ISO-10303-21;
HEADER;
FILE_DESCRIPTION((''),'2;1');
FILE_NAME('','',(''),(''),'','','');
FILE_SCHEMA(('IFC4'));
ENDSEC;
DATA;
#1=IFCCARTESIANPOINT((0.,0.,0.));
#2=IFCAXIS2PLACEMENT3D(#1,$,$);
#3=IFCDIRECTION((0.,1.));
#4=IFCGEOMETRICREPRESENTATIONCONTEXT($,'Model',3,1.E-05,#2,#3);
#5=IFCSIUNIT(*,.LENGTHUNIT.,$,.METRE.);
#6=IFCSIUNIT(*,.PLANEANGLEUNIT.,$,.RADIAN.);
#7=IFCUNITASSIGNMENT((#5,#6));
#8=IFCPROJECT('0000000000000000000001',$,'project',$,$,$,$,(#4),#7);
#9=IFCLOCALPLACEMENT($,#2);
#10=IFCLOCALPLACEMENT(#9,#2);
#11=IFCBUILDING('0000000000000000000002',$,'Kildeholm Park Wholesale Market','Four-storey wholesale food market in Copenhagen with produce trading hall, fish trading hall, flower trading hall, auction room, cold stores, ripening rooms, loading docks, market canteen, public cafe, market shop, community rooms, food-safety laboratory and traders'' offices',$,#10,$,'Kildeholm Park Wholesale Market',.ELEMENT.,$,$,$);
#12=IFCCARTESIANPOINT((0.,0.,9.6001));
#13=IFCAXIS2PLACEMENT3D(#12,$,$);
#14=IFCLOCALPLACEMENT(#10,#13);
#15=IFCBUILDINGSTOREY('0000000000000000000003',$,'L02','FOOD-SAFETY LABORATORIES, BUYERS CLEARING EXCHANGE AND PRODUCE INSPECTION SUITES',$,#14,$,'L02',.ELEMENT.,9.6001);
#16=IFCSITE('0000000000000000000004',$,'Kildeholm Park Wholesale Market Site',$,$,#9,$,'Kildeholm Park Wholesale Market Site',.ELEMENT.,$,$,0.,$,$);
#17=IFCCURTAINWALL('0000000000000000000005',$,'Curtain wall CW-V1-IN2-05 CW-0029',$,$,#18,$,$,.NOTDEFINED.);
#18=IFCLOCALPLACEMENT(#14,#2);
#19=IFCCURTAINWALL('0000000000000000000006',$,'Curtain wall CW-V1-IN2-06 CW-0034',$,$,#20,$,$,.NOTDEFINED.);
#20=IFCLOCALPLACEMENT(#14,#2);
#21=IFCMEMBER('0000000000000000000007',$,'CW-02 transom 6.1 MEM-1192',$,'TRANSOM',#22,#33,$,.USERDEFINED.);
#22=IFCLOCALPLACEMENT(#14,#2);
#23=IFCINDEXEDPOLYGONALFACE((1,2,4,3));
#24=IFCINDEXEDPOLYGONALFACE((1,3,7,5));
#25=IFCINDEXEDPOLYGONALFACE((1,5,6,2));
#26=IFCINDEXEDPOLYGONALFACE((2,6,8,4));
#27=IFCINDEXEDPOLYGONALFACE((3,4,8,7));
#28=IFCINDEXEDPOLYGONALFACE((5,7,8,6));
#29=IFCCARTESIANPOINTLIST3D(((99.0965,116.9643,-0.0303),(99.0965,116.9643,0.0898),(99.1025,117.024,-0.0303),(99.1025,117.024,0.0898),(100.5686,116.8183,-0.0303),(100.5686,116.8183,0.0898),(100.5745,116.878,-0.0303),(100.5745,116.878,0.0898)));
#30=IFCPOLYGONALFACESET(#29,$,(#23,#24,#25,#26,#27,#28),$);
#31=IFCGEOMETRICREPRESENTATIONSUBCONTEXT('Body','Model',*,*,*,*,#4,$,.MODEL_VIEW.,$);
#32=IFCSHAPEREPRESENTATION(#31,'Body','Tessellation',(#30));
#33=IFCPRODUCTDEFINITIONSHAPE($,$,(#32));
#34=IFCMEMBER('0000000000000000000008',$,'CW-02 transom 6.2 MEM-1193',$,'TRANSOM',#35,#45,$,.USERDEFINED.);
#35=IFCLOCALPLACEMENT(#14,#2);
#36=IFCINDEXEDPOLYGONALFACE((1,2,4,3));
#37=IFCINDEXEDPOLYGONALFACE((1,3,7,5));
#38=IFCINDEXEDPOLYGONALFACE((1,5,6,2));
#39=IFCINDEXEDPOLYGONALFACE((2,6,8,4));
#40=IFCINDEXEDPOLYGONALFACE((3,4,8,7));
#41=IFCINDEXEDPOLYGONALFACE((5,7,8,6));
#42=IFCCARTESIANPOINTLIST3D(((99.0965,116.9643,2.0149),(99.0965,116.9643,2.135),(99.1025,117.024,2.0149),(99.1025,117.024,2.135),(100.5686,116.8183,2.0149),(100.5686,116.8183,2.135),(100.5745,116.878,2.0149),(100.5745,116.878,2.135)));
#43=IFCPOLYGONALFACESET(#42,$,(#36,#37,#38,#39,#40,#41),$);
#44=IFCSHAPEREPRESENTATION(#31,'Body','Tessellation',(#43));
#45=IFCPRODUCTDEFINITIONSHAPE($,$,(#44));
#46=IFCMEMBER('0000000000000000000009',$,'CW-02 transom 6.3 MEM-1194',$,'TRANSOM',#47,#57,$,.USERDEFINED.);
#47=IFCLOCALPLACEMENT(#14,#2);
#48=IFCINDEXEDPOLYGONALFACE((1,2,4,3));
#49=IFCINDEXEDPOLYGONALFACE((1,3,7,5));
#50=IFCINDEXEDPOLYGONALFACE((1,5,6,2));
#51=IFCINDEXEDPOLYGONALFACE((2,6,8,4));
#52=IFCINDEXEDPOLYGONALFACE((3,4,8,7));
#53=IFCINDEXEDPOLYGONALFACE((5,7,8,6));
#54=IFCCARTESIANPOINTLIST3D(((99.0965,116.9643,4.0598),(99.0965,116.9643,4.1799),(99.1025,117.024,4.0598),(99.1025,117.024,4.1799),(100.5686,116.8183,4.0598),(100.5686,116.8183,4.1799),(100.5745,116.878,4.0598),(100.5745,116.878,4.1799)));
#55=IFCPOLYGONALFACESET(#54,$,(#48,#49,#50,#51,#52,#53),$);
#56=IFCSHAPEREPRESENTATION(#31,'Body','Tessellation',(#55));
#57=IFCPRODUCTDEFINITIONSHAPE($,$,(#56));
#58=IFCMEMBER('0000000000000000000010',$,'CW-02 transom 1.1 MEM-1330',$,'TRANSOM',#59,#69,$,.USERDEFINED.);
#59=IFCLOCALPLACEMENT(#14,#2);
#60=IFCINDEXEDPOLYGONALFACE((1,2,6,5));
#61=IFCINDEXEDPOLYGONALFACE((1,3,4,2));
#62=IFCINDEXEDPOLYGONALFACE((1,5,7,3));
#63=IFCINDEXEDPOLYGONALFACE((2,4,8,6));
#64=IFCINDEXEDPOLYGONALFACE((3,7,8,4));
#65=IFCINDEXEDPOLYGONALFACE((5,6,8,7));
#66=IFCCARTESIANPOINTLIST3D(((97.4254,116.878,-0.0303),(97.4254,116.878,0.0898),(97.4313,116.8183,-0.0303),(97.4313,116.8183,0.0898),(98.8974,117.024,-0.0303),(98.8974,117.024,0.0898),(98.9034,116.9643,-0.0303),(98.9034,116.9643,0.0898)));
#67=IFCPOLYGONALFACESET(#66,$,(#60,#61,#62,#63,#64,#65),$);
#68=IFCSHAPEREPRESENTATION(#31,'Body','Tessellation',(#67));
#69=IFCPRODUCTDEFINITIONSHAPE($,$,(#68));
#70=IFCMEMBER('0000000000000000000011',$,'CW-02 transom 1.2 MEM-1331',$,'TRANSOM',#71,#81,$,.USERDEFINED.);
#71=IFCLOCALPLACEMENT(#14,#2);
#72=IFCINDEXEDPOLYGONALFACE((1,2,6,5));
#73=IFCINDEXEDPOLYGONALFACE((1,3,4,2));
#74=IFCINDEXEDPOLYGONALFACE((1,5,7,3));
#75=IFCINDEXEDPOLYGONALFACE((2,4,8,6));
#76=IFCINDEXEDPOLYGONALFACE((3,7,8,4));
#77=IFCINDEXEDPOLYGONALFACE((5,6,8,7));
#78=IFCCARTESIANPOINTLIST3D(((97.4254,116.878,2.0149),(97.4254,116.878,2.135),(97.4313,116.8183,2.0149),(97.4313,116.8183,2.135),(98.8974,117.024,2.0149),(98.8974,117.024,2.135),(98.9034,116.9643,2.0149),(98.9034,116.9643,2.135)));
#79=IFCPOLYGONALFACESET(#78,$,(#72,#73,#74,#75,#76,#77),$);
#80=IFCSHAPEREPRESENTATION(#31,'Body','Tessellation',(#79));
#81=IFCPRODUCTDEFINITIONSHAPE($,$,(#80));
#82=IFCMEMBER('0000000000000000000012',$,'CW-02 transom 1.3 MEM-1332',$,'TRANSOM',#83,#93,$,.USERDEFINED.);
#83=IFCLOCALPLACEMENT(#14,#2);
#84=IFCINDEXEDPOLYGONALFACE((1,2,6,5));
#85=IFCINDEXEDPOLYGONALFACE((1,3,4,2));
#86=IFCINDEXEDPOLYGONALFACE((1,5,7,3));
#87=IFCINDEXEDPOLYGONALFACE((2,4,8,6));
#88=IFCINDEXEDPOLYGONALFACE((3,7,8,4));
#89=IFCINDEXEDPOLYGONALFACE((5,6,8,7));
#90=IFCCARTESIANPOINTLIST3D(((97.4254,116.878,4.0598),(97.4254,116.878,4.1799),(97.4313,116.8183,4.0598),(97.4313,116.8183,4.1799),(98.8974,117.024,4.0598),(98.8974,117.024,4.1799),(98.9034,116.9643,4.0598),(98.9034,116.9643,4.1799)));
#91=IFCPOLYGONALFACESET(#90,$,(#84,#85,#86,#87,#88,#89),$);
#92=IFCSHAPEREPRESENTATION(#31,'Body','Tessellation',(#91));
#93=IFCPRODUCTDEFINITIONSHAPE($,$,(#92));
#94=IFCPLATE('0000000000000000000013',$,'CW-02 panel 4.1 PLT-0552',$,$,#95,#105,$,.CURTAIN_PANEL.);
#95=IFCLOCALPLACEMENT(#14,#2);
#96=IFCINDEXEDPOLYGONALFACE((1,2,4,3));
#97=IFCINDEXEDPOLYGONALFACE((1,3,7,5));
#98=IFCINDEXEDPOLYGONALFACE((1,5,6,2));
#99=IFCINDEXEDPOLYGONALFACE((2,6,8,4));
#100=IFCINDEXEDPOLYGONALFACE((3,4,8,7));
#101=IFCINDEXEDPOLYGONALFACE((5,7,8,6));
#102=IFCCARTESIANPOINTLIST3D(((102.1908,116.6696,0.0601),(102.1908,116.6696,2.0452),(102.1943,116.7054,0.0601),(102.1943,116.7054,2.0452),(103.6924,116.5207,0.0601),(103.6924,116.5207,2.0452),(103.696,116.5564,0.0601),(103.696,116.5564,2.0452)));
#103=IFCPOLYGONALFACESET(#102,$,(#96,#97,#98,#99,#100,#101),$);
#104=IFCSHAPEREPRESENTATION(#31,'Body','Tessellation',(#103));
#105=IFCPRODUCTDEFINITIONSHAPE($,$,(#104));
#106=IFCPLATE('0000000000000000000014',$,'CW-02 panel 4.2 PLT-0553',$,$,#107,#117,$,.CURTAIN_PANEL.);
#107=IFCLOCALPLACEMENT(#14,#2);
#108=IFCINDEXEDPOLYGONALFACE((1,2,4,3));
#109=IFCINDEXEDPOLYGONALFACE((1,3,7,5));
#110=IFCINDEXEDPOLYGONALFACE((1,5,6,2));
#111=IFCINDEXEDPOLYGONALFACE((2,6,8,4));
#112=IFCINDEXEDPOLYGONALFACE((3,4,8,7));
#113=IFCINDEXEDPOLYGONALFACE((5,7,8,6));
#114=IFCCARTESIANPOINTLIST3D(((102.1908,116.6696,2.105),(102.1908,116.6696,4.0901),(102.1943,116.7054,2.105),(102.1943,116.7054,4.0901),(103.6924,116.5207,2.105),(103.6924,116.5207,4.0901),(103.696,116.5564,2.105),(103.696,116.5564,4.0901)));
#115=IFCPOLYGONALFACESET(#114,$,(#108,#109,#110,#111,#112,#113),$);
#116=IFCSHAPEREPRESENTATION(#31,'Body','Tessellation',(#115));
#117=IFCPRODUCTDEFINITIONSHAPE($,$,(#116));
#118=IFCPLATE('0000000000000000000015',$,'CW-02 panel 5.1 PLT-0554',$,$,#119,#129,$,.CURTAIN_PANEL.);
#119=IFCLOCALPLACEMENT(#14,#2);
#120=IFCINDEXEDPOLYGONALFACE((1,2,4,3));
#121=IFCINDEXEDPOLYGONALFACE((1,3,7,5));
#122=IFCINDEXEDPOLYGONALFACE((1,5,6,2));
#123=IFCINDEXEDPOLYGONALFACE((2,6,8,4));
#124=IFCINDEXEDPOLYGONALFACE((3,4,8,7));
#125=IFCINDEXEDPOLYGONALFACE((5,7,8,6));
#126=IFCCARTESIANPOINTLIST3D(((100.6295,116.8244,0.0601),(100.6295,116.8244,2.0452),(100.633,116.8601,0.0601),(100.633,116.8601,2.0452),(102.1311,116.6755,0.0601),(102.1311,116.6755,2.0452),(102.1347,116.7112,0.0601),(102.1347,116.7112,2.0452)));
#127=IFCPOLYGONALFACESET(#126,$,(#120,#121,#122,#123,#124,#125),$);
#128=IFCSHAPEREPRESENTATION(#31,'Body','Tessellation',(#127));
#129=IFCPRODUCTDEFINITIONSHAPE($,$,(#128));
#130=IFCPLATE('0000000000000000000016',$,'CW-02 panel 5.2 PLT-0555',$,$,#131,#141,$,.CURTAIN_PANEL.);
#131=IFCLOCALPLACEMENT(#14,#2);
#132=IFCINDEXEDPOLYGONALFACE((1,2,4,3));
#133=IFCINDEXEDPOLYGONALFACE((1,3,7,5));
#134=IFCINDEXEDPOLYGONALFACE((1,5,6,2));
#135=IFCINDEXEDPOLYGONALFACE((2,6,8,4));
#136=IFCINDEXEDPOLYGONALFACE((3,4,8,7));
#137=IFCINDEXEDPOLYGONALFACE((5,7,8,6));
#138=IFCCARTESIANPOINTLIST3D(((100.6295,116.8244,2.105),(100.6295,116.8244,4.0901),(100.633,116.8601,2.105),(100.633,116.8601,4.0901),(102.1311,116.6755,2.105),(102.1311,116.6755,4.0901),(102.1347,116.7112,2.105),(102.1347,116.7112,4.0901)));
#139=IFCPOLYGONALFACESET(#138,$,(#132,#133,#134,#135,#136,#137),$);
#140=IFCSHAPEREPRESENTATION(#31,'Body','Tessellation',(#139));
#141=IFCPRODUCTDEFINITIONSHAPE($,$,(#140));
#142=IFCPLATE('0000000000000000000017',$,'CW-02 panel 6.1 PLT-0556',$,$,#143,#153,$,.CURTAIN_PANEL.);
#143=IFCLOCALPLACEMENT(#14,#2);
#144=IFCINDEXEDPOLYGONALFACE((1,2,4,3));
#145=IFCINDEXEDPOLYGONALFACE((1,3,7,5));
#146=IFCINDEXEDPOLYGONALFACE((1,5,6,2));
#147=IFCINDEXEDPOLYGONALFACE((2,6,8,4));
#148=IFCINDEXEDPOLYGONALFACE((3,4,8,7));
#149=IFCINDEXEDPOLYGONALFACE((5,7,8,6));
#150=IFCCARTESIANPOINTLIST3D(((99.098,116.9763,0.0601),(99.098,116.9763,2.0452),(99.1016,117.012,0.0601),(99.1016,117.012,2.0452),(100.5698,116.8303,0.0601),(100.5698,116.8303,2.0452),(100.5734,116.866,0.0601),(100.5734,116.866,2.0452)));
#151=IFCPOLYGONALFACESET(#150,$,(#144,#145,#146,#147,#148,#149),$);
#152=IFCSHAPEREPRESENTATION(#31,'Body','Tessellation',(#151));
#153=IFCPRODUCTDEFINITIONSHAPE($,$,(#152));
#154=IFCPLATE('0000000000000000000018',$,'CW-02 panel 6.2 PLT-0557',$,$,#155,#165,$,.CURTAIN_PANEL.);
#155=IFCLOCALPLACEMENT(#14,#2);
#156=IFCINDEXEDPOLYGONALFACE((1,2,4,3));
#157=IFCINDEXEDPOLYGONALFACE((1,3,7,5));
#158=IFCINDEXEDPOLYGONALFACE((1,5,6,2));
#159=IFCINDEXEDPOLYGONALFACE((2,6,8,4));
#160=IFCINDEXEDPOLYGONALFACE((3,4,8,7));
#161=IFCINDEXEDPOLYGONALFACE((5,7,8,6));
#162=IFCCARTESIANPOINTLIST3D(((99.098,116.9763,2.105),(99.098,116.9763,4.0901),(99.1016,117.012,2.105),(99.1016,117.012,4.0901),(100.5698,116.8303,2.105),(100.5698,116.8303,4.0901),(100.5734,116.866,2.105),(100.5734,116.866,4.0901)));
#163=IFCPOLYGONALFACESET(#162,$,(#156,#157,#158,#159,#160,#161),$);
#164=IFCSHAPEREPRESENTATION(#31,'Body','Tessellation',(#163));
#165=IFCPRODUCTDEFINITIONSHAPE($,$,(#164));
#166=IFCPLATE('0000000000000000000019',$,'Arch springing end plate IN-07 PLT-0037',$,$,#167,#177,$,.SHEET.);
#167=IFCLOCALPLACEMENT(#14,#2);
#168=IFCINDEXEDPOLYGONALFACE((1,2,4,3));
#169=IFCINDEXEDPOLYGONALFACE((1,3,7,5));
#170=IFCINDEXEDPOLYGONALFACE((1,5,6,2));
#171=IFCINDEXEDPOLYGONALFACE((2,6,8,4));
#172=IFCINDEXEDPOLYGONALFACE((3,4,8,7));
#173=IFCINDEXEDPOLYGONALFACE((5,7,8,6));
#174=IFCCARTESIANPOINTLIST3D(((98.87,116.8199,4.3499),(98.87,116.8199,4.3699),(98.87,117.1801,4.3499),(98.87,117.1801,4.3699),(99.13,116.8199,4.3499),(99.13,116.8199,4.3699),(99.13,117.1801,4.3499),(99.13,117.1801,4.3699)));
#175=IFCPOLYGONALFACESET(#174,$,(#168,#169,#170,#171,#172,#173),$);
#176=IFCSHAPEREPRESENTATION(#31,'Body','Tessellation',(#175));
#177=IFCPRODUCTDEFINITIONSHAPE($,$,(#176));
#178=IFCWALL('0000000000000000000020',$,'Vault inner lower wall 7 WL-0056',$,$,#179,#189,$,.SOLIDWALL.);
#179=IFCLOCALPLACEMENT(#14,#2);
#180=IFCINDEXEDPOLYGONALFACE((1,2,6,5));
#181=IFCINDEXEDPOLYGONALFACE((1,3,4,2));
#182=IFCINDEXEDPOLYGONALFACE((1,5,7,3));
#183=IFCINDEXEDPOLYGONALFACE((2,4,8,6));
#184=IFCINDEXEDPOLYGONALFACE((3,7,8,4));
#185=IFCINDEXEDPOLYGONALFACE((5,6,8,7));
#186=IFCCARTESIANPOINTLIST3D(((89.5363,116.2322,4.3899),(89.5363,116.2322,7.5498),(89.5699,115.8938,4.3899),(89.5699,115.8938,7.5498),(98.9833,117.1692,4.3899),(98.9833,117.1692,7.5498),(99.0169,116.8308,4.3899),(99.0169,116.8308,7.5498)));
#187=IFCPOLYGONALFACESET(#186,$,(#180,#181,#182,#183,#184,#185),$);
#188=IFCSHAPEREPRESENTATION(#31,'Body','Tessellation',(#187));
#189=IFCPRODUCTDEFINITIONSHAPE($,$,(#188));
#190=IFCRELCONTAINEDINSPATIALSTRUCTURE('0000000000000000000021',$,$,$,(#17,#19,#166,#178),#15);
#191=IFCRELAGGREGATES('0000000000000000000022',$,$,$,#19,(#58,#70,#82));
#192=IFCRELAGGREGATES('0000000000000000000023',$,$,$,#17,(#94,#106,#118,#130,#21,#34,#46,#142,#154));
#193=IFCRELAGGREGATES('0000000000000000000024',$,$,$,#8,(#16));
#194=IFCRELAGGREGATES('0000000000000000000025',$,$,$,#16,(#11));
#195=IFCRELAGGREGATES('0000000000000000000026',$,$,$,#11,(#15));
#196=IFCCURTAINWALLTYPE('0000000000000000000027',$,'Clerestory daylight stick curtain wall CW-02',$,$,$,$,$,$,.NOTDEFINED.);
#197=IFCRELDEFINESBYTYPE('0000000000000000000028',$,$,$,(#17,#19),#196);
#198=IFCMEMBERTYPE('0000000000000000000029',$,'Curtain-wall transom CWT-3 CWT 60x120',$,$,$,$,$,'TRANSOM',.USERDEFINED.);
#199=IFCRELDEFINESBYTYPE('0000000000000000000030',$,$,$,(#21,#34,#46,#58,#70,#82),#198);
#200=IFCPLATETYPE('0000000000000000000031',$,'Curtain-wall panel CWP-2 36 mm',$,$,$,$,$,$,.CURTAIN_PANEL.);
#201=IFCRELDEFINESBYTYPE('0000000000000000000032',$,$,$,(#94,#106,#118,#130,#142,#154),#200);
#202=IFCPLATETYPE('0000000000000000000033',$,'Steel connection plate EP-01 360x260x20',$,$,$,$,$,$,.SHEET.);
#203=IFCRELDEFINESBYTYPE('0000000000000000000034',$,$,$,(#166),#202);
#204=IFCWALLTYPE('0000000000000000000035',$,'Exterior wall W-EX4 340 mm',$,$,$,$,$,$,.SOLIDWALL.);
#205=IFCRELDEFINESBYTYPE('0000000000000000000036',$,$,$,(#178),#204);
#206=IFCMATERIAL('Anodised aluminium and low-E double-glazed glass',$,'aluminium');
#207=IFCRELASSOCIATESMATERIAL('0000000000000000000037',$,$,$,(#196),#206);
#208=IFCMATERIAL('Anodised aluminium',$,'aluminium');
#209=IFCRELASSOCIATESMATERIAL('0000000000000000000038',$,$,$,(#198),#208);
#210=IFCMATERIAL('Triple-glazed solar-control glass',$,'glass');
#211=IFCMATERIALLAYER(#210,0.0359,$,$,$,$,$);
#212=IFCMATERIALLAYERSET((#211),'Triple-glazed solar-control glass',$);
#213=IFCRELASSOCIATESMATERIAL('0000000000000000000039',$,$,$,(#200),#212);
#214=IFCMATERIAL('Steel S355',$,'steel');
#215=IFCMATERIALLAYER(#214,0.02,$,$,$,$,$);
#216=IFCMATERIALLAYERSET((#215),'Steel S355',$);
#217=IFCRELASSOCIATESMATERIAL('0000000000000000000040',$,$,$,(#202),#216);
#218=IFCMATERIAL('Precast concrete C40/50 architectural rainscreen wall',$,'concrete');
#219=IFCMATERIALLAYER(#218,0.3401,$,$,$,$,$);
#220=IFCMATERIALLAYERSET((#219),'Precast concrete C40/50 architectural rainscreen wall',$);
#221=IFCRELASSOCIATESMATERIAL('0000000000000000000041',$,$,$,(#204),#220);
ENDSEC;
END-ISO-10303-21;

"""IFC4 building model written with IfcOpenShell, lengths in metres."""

from ifc_helpers import new_model, si_unit, direction, frame, frame_2d, origin, origin_2d, place, context, subcontext, project, spatial, rectangle, extrude, material, layer, layer_set, material_profile, profile_set, type_object, element, aggregate, save


model = new_model("IFC4")

# Units and contexts
model_context = context("Model", 3, precision=1e-05, world=origin(), true_north=direction((0.0, 1.0)))
body_context = subcontext(model_context, "Body", "Model", "MODEL_VIEW")
ifc_project = project(units=[si_unit("LENGTHUNIT", "METRE"), si_unit("PLANEANGLEUNIT", "RADIAN")], contexts=[model_context])

# Site, building, storey
site_placement = place(None, origin())
site = spatial("IfcSite", under=ifc_project, at=site_placement, Name="Kildeholm Park Wholesale Market Site", LongName="Kildeholm Park Wholesale Market Site", CompositionType="ELEMENT", RefElevation=0.0)
building_placement = place(site_placement, origin())
building = spatial("IfcBuilding", under=site, at=building_placement, Name="Kildeholm Park Wholesale Market", Description="Four-storey wholesale food market in Copenhagen with produce trading hall, fish trading hall, flower trading hall, auction room, cold stores, ripening rooms, loading docks, market canteen, public cafe, market shop, community rooms, food-safety laboratory and traders' offices", LongName="Kildeholm Park Wholesale Market", CompositionType="ELEMENT")
storey_placement = place(building_placement, frame((0.0, 0.0, 9.6001)))
storey = spatial("IfcBuildingStorey", under=building, at=storey_placement, Name="L02", Description="FOOD-SAFETY LABORATORIES, BUYERS CLEARING EXCHANGE AND PRODUCE INSPECTION SUITES", LongName="L02", CompositionType="ELEMENT", Elevation=9.6001)

# Shared definitions
ifc_material_1 = material(Name="Steel S355", Category="steel")

# Curtain wall
ifc_material_2 = material(Name="Anodised aluminium and low-E double-glazed glass", Category="aluminium")
curtain_wall_type = type_object("IfcCurtainWallType", Name="Clerestory daylight stick curtain wall CW-02", PredefinedType="NOTDEFINED", material=ifc_material_2)
curtain_wall_1_placement = place(storey_placement, origin())
curtain_wall_1 = element("IfcCurtainWall", 1, at=curtain_wall_1_placement, inside=storey, type_object=curtain_wall_type, Name="Curtain wall CW-V1-IN2-05 CW-0029", PredefinedType="NOTDEFINED")
ifc_material_3 = material(Name="Anodised aluminium", Category="aluminium")

# Curtain wall
curtain_wall_2_placement = place(storey_placement, origin())
curtain_wall_2 = element("IfcCurtainWall", 2, at=curtain_wall_2_placement, inside=storey, type_object=curtain_wall_type, Name="Curtain wall CW-V1-IN2-06 CW-0034", PredefinedType="NOTDEFINED")

# Members
ifc_material_profile_1 = material_profile(ifc_material_3, rectangle(XDim=0.0601, YDim=0.1201, at=origin_2d()), Name="CWT 60x120")
ifc_profile_set_1 = profile_set([ifc_material_profile_1], Name="Anodised aluminium")
member_type_1 = type_object("IfcMemberType", Name="Curtain-wall transom CWT-3 CWT 60x120", ElementType="TRANSOM", PredefinedType="USERDEFINED", material=ifc_profile_set_1)
member_1_placement = place(storey_placement, frame((100.5715, 116.8481, 0.0298), z_axis=(-0.995117, 0.098703, 0.0), x_axis=(-0.098703, -0.995117, 0.0)))
member_1 = element("IfcMember", 3, at=member_1_placement, type_object=member_type_1, Name="CW-02 transom 6.1 MEM-1192", ObjectType="TRANSOM", PredefinedType="USERDEFINED", context=body_context, shape_type="SweptSolid", body=[
    extrude(rectangle(XDim=0.0601, YDim=0.1201, at=origin_2d()), origin(), (0.0, 0.0, 1.0), 1.4792),
])
member_2_placement = place(storey_placement, frame((100.5715, 116.8481, 2.075), z_axis=(-0.995117, 0.098703, 0.0), x_axis=(-0.098703, -0.995117, 0.0)))
member_2 = element("IfcMember", 4, at=member_2_placement, type_object=member_type_1, Name="CW-02 transom 6.2 MEM-1193", ObjectType="TRANSOM", PredefinedType="USERDEFINED", context=body_context, shape_type="SweptSolid", body=[
    extrude(rectangle(XDim=0.0601, YDim=0.1201, at=origin_2d()), origin(), (0.0, 0.0, 1.0), 1.4792),
])
member_3_placement = place(storey_placement, frame((100.5715, 116.8481, 4.1199), z_axis=(-0.995117, 0.098703, 0.0), x_axis=(-0.098703, -0.995117, 0.0)))
member_3 = element("IfcMember", 5, at=member_3_placement, type_object=member_type_1, Name="CW-02 transom 6.3 MEM-1194", ObjectType="TRANSOM", PredefinedType="USERDEFINED", context=body_context, shape_type="SweptSolid", body=[
    extrude(rectangle(XDim=0.0601, YDim=0.1201, at=origin_2d()), origin(), (0.0, 0.0, 1.0), 1.4792),
])
member_4_placement = place(storey_placement, frame((98.9004, 116.9941, 0.0298), z_axis=(-0.995117, -0.098703, 0.0), x_axis=(0.098703, -0.995117, 0.0)))
member_4 = element("IfcMember", 6, at=member_4_placement, type_object=member_type_1, Name="CW-02 transom 1.1 MEM-1330", ObjectType="TRANSOM", PredefinedType="USERDEFINED", context=body_context, shape_type="SweptSolid", body=[
    extrude(rectangle(XDim=0.0601, YDim=0.1201, at=origin_2d()), origin(), (0.0, 0.0, 1.0), 1.4792),
])
member_5_placement = place(storey_placement, frame((98.9004, 116.9941, 2.075), z_axis=(-0.995117, -0.098703, 0.0), x_axis=(0.098703, -0.995117, 0.0)))
member_5 = element("IfcMember", 7, at=member_5_placement, type_object=member_type_1, Name="CW-02 transom 1.2 MEM-1331", ObjectType="TRANSOM", PredefinedType="USERDEFINED", context=body_context, shape_type="SweptSolid", body=[
    extrude(rectangle(XDim=0.0601, YDim=0.1201, at=origin_2d()), origin(), (0.0, 0.0, 1.0), 1.4792),
])
member_6_placement = place(storey_placement, frame((98.9004, 116.9941, 4.1199), z_axis=(-0.995117, -0.098703, 0.0), x_axis=(0.098703, -0.995117, 0.0)))
member_6 = element("IfcMember", 8, at=member_6_placement, type_object=member_type_1, Name="CW-02 transom 1.3 MEM-1332", ObjectType="TRANSOM", PredefinedType="USERDEFINED", context=body_context, shape_type="SweptSolid", body=[
    extrude(rectangle(XDim=0.0601, YDim=0.1201, at=origin_2d()), origin(), (0.0, 0.0, 1.0), 1.4792),
])
aggregate(curtain_wall_2, [member_4, member_5, member_6])

# Plates
ifc_material_4 = material(Name="Triple-glazed solar-control glass", Category="glass")
ifc_layer_1 = layer(ifc_material_4, 0.0359)
ifc_layer_set_1 = layer_set([ifc_layer_1], Name="Triple-glazed solar-control glass")
plate_type_1 = type_object("IfcPlateType", Name="Curtain-wall panel CWP-2 36 mm", PredefinedType="CURTAIN_PANEL", material=ifc_layer_set_1)
plate_1_placement = place(storey_placement, frame((102.9434, 116.613, 0.0601), z_axis=(0.0, 0.0, 1.0), x_axis=(-0.995119, 0.098683, 0.0)))
plate_1 = element("IfcPlate", 9, at=plate_1_placement, type_object=plate_type_1, Name="CW-02 panel 4.1 PLT-0552", PredefinedType="CURTAIN_PANEL", context=body_context, shape_type="SweptSolid", body=[
    extrude(rectangle(XDim=1.509, YDim=0.0359, at=origin_2d()), origin(), (0.0, 0.0, 1.0), 1.9851),
])
plate_2_placement = place(storey_placement, frame((102.9434, 116.613, 2.105), z_axis=(0.0, 0.0, 1.0), x_axis=(-0.995119, 0.098683, 0.0)))
plate_2 = element("IfcPlate", 10, at=plate_2_placement, type_object=plate_type_1, Name="CW-02 panel 4.2 PLT-0553", PredefinedType="CURTAIN_PANEL", context=body_context, shape_type="SweptSolid", body=[
    extrude(rectangle(XDim=1.509, YDim=0.0359, at=origin_2d()), origin(), (0.0, 0.0, 1.0), 1.9851),
])
plate_3_placement = place(storey_placement, frame((101.3821, 116.7678, 0.0601), z_axis=(0.0, 0.0, 1.0), x_axis=(-0.995119, 0.098683, 0.0)))
plate_3 = element("IfcPlate", 11, at=plate_3_placement, type_object=plate_type_1, Name="CW-02 panel 5.1 PLT-0554", PredefinedType="CURTAIN_PANEL", context=body_context, shape_type="SweptSolid", body=[
    extrude(rectangle(XDim=1.509, YDim=0.0359, at=origin_2d()), origin(), (0.0, 0.0, 1.0), 1.9851),
])
plate_4_placement = place(storey_placement, frame((101.3821, 116.7678, 2.105), z_axis=(0.0, 0.0, 1.0), x_axis=(-0.995119, 0.098683, 0.0)))
plate_4 = element("IfcPlate", 12, at=plate_4_placement, type_object=plate_type_1, Name="CW-02 panel 5.2 PLT-0555", PredefinedType="CURTAIN_PANEL", context=body_context, shape_type="SweptSolid", body=[
    extrude(rectangle(XDim=1.509, YDim=0.0359, at=origin_2d()), origin(), (0.0, 0.0, 1.0), 1.9851),
])
plate_5_placement = place(storey_placement, frame((99.8357, 116.9211, 0.0601), z_axis=(0.0, 0.0, 1.0), x_axis=(-0.995119, 0.098683, 0.0)))
plate_5 = element("IfcPlate", 13, at=plate_5_placement, type_object=plate_type_1, Name="CW-02 panel 6.1 PLT-0556", PredefinedType="CURTAIN_PANEL", context=body_context, shape_type="SweptSolid", body=[
    extrude(rectangle(XDim=1.479, YDim=0.0359, at=origin_2d()), origin(), (0.0, 0.0, 1.0), 1.9851),
])
plate_6_placement = place(storey_placement, frame((99.8357, 116.9211, 2.105), z_axis=(0.0, 0.0, 1.0), x_axis=(-0.995119, 0.098683, 0.0)))
plate_6 = element("IfcPlate", 14, at=plate_6_placement, type_object=plate_type_1, Name="CW-02 panel 6.2 PLT-0557", PredefinedType="CURTAIN_PANEL", context=body_context, shape_type="SweptSolid", body=[
    extrude(rectangle(XDim=1.479, YDim=0.0359, at=origin_2d()), origin(), (0.0, 0.0, 1.0), 1.9851),
])
aggregate(curtain_wall_1, [plate_1, plate_2, plate_3, plate_4, member_1, member_2, member_3, plate_5, plate_6])
ifc_layer_2 = layer(ifc_material_1, 0.02)
ifc_layer_set_2 = layer_set([ifc_layer_2], Name="Steel S355")
plate_type_2 = type_object("IfcPlateType", Name="Steel connection plate EP-01 360x260x20", PredefinedType="SHEET", material=ifc_layer_set_2)
plate_7_placement = place(storey_placement, frame((99.0, 117.0, 4.3499), z_axis=(0.0, 0.0, 1.0), x_axis=(0.0, 1.0, 0.0)))
element("IfcPlate", 15, at=plate_7_placement, inside=storey, type_object=plate_type_2, Name="Arch springing end plate IN-07 PLT-0037", PredefinedType="SHEET", context=body_context, shape_type="SweptSolid", body=[
    extrude(rectangle(XDim=0.3601, YDim=0.26, at=origin_2d()), origin(), (0.0, 0.0, 1.0), 0.02),
])

# Wall
ifc_material_5 = material(Name="Precast concrete C40/50 architectural rainscreen wall", Category="concrete")
ifc_layer_3 = layer(ifc_material_5, 0.3401)
ifc_layer_set_3 = layer_set([ifc_layer_3], Name="Precast concrete C40/50 architectural rainscreen wall")
wall_type = type_object("IfcWallType", Name="Exterior wall W-EX4 340 mm", PredefinedType="SOLIDWALL", material=ifc_layer_set_3)
wall_placement = place(storey_placement, frame((99.0, 117.0, 4.3899), z_axis=(0.0, 0.0, 1.0), x_axis=(-0.995117, -0.098702, 0.0)))
element("IfcWall", 16, at=wall_placement, inside=storey, type_object=wall_type, Name="Vault inner lower wall 7 WL-0056", PredefinedType="SOLIDWALL", context=body_context, shape_type="SweptSolid", body=[
    extrude(rectangle(XDim=9.4934, YDim=0.3401, at=frame_2d((4.7466, 0.0))), origin(), (0.0, 0.0, 1.0), 3.1599),
])

save(model, "model.ifc")
